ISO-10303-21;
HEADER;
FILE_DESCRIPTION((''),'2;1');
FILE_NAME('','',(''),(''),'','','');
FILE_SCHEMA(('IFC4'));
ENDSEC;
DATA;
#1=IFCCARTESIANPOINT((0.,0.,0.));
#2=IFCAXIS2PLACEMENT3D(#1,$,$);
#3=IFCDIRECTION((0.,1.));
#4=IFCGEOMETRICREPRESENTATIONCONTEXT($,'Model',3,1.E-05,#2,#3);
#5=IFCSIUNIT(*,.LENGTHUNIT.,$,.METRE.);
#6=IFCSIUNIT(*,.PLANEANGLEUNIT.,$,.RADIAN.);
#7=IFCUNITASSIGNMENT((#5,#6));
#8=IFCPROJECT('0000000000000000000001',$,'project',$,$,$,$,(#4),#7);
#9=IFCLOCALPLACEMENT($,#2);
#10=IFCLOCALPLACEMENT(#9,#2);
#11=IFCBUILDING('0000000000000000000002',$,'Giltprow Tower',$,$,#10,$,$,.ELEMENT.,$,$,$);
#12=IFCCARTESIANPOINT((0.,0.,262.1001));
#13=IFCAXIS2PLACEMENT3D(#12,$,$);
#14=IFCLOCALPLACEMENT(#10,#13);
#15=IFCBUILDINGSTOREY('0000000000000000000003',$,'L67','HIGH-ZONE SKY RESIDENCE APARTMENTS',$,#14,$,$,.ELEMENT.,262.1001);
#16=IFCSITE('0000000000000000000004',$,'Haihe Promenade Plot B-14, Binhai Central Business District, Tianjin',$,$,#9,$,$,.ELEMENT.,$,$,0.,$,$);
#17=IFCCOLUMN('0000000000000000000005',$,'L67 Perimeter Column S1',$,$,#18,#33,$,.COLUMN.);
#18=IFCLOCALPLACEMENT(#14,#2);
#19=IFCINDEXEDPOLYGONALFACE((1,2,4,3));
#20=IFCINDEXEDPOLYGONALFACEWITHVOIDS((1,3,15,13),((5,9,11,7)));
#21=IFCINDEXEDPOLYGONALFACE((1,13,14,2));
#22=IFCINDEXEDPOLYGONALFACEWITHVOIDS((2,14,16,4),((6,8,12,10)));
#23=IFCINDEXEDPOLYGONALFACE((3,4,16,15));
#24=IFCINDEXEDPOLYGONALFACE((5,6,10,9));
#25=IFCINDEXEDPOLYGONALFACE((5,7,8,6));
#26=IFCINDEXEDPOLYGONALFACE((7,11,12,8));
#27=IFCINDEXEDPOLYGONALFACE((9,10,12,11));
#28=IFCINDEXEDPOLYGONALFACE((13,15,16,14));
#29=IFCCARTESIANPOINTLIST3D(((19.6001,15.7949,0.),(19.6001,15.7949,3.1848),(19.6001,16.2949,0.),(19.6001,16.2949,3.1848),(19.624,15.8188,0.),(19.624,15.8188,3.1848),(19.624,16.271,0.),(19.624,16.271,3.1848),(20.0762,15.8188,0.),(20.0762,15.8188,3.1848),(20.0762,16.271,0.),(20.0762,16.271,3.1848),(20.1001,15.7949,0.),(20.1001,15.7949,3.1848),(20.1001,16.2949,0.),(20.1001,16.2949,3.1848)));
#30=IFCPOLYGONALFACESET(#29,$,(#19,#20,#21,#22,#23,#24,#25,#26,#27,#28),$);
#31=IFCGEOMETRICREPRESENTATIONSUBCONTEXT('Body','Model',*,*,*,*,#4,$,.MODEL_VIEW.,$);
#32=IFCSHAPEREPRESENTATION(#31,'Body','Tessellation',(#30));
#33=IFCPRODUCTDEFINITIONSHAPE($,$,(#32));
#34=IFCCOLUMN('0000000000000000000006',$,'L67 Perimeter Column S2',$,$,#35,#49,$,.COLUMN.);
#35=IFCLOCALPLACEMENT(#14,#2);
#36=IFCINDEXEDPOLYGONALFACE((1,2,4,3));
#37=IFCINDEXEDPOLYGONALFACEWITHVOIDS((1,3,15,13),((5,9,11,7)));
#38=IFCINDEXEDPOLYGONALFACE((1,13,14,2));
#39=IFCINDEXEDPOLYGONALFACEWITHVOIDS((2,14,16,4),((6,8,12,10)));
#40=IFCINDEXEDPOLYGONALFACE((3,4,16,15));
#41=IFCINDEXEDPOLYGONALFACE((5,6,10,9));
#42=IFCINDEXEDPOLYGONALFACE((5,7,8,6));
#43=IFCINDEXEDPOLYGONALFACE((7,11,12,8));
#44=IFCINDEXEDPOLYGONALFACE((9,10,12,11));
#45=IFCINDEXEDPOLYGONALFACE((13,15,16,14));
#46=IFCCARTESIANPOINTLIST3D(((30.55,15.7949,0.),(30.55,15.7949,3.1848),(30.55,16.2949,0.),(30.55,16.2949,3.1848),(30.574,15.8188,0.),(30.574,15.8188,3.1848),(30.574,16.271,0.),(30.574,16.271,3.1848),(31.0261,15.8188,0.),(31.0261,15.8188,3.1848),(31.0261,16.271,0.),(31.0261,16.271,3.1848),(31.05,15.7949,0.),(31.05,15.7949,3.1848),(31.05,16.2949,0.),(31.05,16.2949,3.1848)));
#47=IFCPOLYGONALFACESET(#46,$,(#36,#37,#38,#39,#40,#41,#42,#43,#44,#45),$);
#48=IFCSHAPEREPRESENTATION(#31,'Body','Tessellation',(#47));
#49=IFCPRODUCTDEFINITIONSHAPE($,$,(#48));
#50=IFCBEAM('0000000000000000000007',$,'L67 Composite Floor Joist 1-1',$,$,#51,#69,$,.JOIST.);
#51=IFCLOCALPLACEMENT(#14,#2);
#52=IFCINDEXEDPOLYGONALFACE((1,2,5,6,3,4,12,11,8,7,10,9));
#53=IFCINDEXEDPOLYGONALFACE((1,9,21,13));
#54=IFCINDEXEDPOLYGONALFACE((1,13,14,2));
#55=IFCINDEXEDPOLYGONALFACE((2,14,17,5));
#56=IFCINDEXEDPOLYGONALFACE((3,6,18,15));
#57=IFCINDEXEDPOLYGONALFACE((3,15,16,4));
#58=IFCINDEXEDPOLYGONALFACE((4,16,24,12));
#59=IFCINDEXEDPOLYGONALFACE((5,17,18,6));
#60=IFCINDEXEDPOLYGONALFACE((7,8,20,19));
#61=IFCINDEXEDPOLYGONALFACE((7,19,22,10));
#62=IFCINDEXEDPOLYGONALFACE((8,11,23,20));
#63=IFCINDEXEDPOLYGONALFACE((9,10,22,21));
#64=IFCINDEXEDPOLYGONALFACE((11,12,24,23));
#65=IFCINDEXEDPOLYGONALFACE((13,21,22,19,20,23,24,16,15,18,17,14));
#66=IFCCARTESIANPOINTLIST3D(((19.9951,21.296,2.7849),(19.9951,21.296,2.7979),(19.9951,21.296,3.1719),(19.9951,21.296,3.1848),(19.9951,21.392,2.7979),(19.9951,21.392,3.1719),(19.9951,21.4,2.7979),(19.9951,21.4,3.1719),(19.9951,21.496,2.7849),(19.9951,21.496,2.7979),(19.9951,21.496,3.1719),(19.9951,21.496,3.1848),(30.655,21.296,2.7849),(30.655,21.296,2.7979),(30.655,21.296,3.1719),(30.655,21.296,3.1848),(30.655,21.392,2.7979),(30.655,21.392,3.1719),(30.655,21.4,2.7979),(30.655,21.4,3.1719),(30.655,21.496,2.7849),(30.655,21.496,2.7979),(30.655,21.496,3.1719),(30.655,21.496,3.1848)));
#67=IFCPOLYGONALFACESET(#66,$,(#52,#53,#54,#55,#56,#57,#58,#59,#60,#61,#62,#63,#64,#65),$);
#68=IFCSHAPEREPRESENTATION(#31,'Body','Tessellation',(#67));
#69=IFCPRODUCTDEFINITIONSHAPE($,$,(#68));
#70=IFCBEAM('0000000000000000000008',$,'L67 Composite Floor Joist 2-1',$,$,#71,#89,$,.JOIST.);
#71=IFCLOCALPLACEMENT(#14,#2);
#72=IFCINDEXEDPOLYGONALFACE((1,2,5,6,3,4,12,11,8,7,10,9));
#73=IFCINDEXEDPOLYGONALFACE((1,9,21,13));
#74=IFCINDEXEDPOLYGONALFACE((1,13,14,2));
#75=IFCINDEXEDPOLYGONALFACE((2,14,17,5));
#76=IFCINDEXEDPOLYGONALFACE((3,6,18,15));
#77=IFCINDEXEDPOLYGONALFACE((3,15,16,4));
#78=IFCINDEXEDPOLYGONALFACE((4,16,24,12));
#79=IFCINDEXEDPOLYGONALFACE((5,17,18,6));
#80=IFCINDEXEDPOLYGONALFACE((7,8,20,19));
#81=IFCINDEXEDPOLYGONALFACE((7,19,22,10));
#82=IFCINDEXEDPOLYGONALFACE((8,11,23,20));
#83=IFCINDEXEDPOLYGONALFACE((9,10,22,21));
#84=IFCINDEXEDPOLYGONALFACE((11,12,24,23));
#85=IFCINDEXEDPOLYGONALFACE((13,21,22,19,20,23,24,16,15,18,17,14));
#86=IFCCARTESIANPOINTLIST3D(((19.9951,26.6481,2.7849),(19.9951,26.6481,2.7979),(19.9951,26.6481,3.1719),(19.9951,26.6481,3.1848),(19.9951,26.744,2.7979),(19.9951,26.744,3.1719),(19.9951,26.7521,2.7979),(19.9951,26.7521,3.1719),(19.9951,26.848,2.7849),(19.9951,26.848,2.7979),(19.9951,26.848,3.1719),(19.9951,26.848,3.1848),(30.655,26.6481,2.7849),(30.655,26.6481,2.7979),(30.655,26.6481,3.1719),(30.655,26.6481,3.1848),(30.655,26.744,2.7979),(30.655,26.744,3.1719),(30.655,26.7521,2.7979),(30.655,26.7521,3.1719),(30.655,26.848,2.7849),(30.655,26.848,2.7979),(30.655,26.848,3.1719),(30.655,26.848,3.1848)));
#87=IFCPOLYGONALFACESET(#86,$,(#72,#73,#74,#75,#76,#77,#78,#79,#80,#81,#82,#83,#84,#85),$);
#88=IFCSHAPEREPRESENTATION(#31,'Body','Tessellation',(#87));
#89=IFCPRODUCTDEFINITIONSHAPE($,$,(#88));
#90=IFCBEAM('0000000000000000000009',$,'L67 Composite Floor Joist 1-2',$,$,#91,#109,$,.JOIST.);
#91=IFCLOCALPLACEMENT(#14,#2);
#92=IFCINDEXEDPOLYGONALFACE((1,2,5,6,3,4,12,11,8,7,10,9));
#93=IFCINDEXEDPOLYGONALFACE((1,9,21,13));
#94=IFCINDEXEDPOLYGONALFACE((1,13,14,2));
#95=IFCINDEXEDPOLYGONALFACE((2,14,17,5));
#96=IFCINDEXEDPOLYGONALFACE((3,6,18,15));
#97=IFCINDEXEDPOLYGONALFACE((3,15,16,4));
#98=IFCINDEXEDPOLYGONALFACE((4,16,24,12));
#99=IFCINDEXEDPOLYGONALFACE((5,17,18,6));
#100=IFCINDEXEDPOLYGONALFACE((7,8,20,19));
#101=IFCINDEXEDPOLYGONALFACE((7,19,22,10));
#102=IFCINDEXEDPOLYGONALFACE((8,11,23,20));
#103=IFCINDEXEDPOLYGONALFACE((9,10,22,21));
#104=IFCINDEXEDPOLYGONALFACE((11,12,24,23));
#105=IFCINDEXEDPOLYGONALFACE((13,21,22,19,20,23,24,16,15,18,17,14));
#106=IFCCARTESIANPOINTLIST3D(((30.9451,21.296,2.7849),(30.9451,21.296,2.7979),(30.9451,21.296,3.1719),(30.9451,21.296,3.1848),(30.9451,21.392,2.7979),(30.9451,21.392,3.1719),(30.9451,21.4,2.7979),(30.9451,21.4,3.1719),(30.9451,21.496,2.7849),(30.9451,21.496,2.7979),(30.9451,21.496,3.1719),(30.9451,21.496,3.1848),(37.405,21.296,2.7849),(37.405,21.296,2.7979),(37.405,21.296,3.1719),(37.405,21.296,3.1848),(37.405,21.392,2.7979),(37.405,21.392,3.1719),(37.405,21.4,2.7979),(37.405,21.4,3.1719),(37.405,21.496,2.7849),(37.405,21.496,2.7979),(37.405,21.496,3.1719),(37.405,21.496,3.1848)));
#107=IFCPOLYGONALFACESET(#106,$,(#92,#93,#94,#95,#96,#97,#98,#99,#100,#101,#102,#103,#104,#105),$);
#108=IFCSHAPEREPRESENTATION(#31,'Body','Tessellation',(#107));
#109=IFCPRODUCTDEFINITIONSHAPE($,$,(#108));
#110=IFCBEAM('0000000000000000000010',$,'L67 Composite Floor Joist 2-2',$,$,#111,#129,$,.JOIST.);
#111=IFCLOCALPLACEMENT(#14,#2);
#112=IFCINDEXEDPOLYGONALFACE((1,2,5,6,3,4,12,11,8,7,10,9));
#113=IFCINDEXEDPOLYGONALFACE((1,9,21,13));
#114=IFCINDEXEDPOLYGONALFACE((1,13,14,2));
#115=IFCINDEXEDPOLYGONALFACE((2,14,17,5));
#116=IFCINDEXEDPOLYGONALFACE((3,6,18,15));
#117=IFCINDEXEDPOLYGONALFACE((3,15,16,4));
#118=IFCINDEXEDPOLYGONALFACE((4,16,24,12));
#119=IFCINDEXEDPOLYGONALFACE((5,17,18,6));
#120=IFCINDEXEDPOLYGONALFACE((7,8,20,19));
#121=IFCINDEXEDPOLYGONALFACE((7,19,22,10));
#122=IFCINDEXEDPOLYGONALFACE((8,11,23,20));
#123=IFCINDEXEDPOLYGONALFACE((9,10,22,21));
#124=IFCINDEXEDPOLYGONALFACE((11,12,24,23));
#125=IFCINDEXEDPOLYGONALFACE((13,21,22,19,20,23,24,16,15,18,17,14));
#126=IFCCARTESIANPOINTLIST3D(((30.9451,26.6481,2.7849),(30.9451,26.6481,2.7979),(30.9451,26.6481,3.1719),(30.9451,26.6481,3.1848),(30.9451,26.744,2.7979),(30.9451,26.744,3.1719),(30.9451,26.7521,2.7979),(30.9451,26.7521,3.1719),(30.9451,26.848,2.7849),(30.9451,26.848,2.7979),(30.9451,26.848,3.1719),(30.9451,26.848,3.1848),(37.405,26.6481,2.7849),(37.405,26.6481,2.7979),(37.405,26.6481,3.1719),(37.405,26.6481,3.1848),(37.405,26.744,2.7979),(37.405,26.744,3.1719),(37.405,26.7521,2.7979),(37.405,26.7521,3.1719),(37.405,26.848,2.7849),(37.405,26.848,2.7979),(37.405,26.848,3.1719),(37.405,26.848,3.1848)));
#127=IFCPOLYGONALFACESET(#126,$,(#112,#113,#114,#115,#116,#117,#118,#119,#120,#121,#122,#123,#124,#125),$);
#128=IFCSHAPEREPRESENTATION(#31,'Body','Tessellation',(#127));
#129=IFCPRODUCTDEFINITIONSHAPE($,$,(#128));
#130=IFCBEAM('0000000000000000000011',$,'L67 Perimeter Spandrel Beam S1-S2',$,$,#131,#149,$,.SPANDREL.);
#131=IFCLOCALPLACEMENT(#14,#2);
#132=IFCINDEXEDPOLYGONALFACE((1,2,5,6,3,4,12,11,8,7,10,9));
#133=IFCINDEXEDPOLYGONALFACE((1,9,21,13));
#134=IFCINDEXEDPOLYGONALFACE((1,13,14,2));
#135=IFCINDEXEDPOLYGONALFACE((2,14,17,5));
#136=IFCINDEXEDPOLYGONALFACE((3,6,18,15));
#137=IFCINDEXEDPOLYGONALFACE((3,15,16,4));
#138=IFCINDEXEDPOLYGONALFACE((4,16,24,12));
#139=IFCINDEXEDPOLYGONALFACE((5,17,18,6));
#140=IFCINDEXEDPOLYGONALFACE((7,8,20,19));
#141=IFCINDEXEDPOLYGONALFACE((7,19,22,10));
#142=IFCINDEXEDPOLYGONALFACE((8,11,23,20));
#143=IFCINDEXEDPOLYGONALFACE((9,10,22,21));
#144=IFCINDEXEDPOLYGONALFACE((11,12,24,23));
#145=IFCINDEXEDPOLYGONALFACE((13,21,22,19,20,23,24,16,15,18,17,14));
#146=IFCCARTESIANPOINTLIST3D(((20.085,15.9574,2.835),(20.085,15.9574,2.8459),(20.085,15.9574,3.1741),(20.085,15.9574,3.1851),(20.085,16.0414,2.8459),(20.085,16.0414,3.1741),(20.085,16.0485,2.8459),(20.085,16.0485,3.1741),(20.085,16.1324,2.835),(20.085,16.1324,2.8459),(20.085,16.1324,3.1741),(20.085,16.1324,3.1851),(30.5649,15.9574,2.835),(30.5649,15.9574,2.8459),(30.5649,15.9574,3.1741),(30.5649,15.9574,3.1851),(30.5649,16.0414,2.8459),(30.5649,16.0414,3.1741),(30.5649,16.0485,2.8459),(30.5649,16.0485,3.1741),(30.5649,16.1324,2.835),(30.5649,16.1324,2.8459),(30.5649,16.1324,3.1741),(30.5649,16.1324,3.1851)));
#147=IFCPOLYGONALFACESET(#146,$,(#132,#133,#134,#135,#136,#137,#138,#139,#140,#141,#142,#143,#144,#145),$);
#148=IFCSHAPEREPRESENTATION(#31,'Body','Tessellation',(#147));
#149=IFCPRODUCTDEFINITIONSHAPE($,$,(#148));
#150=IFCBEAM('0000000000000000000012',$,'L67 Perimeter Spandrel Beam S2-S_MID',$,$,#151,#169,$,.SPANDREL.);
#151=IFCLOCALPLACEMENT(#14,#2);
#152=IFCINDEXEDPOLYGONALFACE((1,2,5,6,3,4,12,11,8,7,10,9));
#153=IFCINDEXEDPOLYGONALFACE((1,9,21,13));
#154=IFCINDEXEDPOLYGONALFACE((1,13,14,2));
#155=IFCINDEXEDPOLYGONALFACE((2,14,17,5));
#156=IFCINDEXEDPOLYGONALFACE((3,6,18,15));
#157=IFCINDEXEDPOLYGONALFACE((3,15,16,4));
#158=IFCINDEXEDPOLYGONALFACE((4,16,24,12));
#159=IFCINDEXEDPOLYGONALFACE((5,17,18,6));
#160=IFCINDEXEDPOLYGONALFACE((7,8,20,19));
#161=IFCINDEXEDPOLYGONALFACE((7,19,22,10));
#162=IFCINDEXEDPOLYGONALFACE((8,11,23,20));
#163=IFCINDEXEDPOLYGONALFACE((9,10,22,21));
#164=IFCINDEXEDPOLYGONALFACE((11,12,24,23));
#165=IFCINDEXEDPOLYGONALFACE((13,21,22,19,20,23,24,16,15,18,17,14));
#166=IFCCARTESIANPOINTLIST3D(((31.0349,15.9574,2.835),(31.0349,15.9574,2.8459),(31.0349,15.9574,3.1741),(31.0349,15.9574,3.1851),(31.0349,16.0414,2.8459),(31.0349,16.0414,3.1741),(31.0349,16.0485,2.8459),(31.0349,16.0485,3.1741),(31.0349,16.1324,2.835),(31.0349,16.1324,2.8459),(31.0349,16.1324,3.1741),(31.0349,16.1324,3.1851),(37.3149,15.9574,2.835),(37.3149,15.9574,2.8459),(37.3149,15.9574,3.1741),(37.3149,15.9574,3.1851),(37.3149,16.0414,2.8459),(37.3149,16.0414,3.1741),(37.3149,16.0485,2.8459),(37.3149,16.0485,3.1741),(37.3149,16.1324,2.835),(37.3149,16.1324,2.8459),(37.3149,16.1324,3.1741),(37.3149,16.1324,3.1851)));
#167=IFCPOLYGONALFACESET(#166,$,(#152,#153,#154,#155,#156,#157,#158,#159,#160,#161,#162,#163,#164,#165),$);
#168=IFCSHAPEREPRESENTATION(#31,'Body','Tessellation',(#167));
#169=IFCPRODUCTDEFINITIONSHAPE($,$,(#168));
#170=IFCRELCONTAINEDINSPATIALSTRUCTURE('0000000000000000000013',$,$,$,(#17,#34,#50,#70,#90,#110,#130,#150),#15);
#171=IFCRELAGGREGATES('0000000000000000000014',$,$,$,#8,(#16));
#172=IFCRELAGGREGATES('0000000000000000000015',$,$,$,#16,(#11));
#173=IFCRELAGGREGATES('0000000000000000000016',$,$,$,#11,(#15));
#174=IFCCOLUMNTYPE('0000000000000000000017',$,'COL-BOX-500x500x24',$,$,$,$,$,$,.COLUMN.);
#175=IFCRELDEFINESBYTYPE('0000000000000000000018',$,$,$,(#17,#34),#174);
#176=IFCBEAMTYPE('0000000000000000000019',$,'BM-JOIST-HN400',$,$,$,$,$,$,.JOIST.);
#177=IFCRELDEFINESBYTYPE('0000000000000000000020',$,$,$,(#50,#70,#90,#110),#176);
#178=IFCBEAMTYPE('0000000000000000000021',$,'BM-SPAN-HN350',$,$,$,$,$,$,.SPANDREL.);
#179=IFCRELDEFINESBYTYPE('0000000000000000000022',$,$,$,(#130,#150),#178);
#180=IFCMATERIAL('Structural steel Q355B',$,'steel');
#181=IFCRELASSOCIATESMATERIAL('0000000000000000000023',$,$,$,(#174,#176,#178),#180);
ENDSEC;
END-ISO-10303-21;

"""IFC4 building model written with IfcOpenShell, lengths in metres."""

from ifc_helpers import new_model, si_unit, direction, frame, origin, origin_2d, place, context, subcontext, project, spatial, hollow_rectangle, i_section, extrude, source, transform, mapped, material, material_profile, profile_set, type_object, element, save


model = new_model("IFC4")

# Units and contexts
model_context = context("Model", 3, precision=1e-05, world=origin(), true_north=direction((0.0, 1.0)))
body_context = subcontext(model_context, "Body", "Model", "MODEL_VIEW")
ifc_project = project(units=[si_unit("LENGTHUNIT", "METRE"), si_unit("PLANEANGLEUNIT", "RADIAN")], contexts=[model_context])

# Site, building, storey
site_placement = place(None, origin())
site = spatial("IfcSite", under=ifc_project, at=site_placement, Name="Haihe Promenade Plot B-14, Binhai Central Business District, Tianjin", CompositionType="ELEMENT", RefElevation=0.0)
building_placement = place(site_placement, origin())
building = spatial("IfcBuilding", under=site, at=building_placement, Name="Giltprow Tower", CompositionType="ELEMENT")
storey_placement = place(building_placement, frame((0.0, 0.0, 262.1001)))
storey = spatial("IfcBuildingStorey", under=building, at=storey_placement, Name="L67", Description="HIGH-ZONE SKY RESIDENCE APARTMENTS", CompositionType="ELEMENT", Elevation=262.1001)

# Columns
ifc_material_1 = material(Name="Structural steel Q355B", Category="steel")
ifc_material_profile_1 = material_profile(ifc_material_1, hollow_rectangle(XDim=0.5, YDim=0.5, WallThickness=0.0239, at=origin_2d()), Name="BOX 500x500x24")
ifc_profile_set_1 = profile_set([ifc_material_profile_1], Name="Structural steel Q355B")
column_type = type_object("IfcColumnType", Name="COL-BOX-500x500x24", PredefinedType="COLUMN", material=ifc_profile_set_1)
shared_shape_1 = source(origin(), body_context, "Body", "SweptSolid", [
    extrude(hollow_rectangle(XDim=0.5, YDim=0.5, WallThickness=0.0239, at=origin_2d()), origin(), (0.0, 0.0, 1.0), 3.1848),
])
for number, where, z_axis, x_axis, name in (
    (1, (19.8501, 16.0449, 0.0), (0.0, 0.0, 1.0), (1.0, 0.0, 0.0), "L67 Perimeter Column S1"),
    (2, (30.8, 16.0449, 0.0), (0.0, 0.0, 1.0), (1.0, 0.0, 0.0), "L67 Perimeter Column S2"),
):
    element("IfcColumn", number, at=place(storey_placement, frame(where, z_axis=z_axis, x_axis=x_axis)), inside=storey, type_object=column_type, Name=name, PredefinedType="COLUMN", context=body_context, shape_type="MappedRepresentation", body=[
        mapped(shared_shape_1, transform((0.0, 0.0, 0.0), x_axis=(1.0, 0.0, 0.0), y_axis=(0.0, 1.0, 0.0), z_axis=(0.0, 0.0, 1.0), scale=1.0)),
    ])

# Beams
ifc_material_profile_2 = material_profile(ifc_material_1, i_section(OverallWidth=0.2, OverallDepth=0.3999, WebThickness=0.0081, FlangeThickness=0.0129, at=origin_2d()), Name="HN 400x200x8x13")
ifc_profile_set_2 = profile_set([ifc_material_profile_2], Name="Structural steel Q355B")
beam_type_1 = type_object("IfcBeamType", Name="BM-JOIST-HN400", PredefinedType="JOIST", material=ifc_profile_set_2)
shared_shape_2 = source(origin(), body_context, "Body", "SweptSolid", [
    extrude(i_section(OverallWidth=0.2, OverallDepth=0.3999, WebThickness=0.0081, FlangeThickness=0.0129, at=origin_2d()), origin(), (0.0, 0.0, 1.0), 10.6599),
])
for number, where, z_axis, x_axis, name in (
    (3, (19.9951, 21.396, 2.9849), (1.0, 0.0, 0.0), (0.0, 1.0, 0.0), "L67 Composite Floor Joist 1-1"),
    (4, (19.9951, 26.748, 2.9849), (1.0, 0.0, 0.0), (0.0, 1.0, 0.0), "L67 Composite Floor Joist 2-1"),
):
    element("IfcBeam", number, at=place(storey_placement, frame(where, z_axis=z_axis, x_axis=x_axis)), inside=storey, type_object=beam_type_1, Name=name, PredefinedType="JOIST", context=body_context, shape_type="MappedRepresentation", body=[
        mapped(shared_shape_2, transform((0.0, 0.0, 0.0), x_axis=(1.0, 0.0, 0.0), y_axis=(0.0, 1.0, 0.0), z_axis=(0.0, 0.0, 1.0), scale=1.0)),
    ])
shared_shape_3 = source(origin(), body_context, "Body", "SweptSolid", [
    extrude(i_section(OverallWidth=0.2, OverallDepth=0.3999, WebThickness=0.0081, FlangeThickness=0.0129, at=origin_2d()), origin(), (0.0, 0.0, 1.0), 6.46),
])
for number, where, z_axis, x_axis, name in (
    (5, (30.9451, 21.396, 2.9849), (1.0, 0.0, 0.0), (0.0, 1.0, 0.0), "L67 Composite Floor Joist 1-2"),
    (6, (30.9451, 26.748, 2.9849), (1.0, 0.0, 0.0), (0.0, 1.0, 0.0), "L67 Composite Floor Joist 2-2"),
):
    element("IfcBeam", number, at=place(storey_placement, frame(where, z_axis=z_axis, x_axis=x_axis)), inside=storey, type_object=beam_type_1, Name=name, PredefinedType="JOIST", context=body_context, shape_type="MappedRepresentation", body=[
        mapped(shared_shape_3, transform((0.0, 0.0, 0.0), x_axis=(1.0, 0.0, 0.0), y_axis=(0.0, 1.0, 0.0), z_axis=(0.0, 0.0, 1.0), scale=1.0)),
    ])
ifc_material_profile_3 = material_profile(ifc_material_1, i_section(OverallWidth=0.175, OverallDepth=0.3501, WebThickness=0.0071, FlangeThickness=0.011, at=origin_2d()), Name="HN 350x175x7x11")
ifc_profile_set_3 = profile_set([ifc_material_profile_3], Name="Structural steel Q355B")
beam_type_2 = type_object("IfcBeamType", Name="BM-SPAN-HN350", PredefinedType="SPANDREL", material=ifc_profile_set_3)
shared_shape_4 = source(origin(), body_context, "Body", "SweptSolid", [
    extrude(i_section(OverallWidth=0.175, OverallDepth=0.3501, WebThickness=0.0071, FlangeThickness=0.011, at=origin_2d()), origin(), (0.0, 0.0, 1.0), 10.48),
])
beam_1_placement = place(storey_placement, frame((20.085, 16.0449, 3.01), z_axis=(1.0, 0.0, 0.0), x_axis=(0.0, 1.0, 0.0)))
element("IfcBeam", 7, at=beam_1_placement, inside=storey, type_object=beam_type_2, Name="L67 Perimeter Spandrel Beam S1-S2", PredefinedType="SPANDREL", context=body_context, shape_type="MappedRepresentation", body=[
    mapped(shared_shape_4, transform((0.0, 0.0, 0.0), x_axis=(1.0, 0.0, 0.0), y_axis=(0.0, 1.0, 0.0), z_axis=(0.0, 0.0, 1.0), scale=1.0)),
])
shared_shape_5 = source(origin(), body_context, "Body", "SweptSolid", [
    extrude(i_section(OverallWidth=0.175, OverallDepth=0.3501, WebThickness=0.0071, FlangeThickness=0.011, at=origin_2d()), origin(), (0.0, 0.0, 1.0), 6.28),
])
beam_2_placement = place(storey_placement, frame((31.0349, 16.0449, 3.01), z_axis=(1.0, 0.0, 0.0), x_axis=(0.0, 1.0, 0.0)))
element("IfcBeam", 8, at=beam_2_placement, inside=storey, type_object=beam_type_2, Name="L67 Perimeter Spandrel Beam S2-S_MID", PredefinedType="SPANDREL", context=body_context, shape_type="MappedRepresentation", body=[
    mapped(shared_shape_5, transform((0.0, 0.0, 0.0), x_axis=(1.0, 0.0, 0.0), y_axis=(0.0, 1.0, 0.0), z_axis=(0.0, 0.0, 1.0), scale=1.0)),
])

save(model, "model.ifc")
